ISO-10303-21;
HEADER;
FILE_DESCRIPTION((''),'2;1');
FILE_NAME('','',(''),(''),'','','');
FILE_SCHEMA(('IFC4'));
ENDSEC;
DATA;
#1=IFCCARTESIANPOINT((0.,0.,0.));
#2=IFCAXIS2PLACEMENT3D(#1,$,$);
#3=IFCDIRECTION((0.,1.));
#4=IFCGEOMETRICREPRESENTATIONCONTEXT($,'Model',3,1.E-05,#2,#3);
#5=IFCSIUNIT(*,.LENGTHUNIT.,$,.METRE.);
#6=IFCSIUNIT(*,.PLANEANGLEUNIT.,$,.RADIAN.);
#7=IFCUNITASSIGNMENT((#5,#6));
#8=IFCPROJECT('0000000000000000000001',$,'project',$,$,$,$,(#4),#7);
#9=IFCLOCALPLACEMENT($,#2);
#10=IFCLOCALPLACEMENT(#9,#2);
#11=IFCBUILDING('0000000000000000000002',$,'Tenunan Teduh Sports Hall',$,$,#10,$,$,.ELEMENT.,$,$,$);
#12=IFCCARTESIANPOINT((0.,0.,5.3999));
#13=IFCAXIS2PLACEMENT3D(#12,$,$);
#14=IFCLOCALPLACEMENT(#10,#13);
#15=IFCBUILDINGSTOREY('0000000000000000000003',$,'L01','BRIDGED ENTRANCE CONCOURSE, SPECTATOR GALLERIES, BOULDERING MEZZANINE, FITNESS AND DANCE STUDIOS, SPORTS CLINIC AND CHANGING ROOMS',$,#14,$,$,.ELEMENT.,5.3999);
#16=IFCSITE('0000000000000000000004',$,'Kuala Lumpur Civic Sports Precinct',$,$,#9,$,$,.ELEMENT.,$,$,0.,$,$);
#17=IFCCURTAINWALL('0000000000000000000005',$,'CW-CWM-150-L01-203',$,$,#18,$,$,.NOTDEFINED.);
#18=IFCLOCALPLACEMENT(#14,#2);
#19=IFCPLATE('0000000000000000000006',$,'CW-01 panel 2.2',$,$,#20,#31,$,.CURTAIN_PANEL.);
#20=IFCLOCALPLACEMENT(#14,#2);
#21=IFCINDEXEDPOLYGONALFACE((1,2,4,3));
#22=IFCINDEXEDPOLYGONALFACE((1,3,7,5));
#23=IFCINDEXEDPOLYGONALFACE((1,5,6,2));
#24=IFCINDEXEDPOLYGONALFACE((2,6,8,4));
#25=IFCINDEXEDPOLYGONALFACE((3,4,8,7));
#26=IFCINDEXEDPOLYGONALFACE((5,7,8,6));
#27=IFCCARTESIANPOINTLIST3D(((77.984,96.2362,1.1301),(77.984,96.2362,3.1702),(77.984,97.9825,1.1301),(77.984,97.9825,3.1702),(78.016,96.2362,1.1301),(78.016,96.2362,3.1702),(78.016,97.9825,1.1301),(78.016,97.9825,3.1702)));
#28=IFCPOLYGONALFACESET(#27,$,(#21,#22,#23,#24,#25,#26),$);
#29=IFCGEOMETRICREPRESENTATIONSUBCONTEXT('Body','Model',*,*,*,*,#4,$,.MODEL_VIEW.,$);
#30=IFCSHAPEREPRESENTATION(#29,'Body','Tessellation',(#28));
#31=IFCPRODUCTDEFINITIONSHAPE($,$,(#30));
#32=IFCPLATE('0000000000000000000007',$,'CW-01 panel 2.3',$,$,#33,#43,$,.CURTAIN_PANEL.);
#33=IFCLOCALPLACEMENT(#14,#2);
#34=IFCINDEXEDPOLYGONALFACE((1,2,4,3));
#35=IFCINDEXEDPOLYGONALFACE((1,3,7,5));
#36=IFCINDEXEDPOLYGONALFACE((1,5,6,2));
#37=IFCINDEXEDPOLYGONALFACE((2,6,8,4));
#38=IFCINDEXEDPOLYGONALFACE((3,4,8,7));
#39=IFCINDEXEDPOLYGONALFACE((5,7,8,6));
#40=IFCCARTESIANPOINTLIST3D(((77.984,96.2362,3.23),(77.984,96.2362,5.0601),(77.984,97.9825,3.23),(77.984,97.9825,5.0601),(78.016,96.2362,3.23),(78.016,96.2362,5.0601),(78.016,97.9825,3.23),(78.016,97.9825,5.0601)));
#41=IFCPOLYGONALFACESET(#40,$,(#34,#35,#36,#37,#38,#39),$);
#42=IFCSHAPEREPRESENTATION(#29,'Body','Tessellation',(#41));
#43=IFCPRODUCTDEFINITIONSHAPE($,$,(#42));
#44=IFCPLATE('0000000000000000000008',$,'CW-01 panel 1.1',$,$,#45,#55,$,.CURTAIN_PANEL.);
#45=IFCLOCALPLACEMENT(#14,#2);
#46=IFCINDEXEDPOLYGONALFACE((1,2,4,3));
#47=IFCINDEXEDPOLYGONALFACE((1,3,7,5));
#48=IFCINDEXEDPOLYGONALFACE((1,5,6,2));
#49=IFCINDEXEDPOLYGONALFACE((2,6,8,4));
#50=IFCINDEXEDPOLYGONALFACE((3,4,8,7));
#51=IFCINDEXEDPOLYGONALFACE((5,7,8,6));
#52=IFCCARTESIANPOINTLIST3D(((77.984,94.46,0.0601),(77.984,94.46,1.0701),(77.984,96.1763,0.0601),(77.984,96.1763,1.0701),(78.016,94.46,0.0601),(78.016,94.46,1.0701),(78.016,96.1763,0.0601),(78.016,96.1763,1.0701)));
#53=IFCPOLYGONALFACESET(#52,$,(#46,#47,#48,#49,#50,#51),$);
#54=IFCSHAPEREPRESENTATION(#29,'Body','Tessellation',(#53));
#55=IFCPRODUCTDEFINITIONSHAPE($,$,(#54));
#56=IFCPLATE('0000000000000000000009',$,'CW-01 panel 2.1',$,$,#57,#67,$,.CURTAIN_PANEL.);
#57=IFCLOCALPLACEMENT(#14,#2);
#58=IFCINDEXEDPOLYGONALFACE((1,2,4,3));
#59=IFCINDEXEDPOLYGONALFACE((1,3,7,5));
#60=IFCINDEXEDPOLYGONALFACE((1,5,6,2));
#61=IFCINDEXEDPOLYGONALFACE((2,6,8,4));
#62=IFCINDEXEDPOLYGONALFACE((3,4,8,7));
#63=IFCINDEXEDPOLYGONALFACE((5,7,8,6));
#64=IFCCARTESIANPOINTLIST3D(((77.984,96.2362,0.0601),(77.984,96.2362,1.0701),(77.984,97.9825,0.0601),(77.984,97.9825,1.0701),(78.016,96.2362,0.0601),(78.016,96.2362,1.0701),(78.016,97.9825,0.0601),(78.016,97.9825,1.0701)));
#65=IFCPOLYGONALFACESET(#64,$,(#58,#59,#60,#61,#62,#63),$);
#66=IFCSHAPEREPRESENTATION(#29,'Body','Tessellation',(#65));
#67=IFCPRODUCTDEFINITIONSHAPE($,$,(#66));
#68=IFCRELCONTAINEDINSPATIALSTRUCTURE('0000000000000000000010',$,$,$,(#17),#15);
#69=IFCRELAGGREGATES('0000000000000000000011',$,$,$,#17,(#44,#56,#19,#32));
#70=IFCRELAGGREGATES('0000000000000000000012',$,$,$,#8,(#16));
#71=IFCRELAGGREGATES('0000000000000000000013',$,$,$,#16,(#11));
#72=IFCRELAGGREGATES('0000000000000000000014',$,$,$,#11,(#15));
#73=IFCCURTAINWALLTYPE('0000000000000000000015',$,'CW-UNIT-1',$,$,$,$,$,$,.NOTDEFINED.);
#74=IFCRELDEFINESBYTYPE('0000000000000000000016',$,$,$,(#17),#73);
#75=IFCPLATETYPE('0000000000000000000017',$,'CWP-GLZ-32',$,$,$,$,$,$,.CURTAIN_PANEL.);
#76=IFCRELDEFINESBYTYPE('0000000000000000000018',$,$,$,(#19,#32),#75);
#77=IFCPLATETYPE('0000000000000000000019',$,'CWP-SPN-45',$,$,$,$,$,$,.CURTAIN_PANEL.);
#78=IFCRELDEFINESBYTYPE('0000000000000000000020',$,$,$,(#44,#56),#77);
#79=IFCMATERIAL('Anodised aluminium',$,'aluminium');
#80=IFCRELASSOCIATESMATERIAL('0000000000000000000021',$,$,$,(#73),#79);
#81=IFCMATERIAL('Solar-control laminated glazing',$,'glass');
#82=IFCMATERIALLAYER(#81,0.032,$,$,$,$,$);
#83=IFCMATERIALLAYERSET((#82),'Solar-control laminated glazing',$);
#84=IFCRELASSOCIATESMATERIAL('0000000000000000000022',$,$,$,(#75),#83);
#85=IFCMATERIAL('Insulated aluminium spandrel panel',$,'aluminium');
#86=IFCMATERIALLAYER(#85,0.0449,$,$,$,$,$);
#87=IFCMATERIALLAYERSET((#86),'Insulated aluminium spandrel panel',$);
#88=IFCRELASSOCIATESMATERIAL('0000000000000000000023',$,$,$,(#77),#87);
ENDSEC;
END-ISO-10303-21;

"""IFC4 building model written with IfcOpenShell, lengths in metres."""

from ifc_helpers import new_model, si_unit, direction, frame, origin, origin_2d, place, context, subcontext, project, spatial, rectangle, extrude, material, layer, layer_set, type_object, element, aggregate, save


model = new_model("IFC4")

# Units and contexts
model_context = context("Model", 3, precision=1e-05, world=origin(), true_north=direction((0.0, 1.0)))
body_context = subcontext(model_context, "Body", "Model", "MODEL_VIEW")
ifc_project = project(units=[si_unit("LENGTHUNIT", "METRE"), si_unit("PLANEANGLEUNIT", "RADIAN")], contexts=[model_context])

# Site, building, storey
site_placement = place(None, origin())
site = spatial("IfcSite", under=ifc_project, at=site_placement, Name="Kuala Lumpur Civic Sports Precinct", CompositionType="ELEMENT", RefElevation=0.0)
building_placement = place(site_placement, origin())
building = spatial("IfcBuilding", under=site, at=building_placement, Name="Tenunan Teduh Sports Hall", CompositionType="ELEMENT")
storey_placement = place(building_placement, frame((0.0, 0.0, 5.3999)))
storey = spatial("IfcBuildingStorey", under=building, at=storey_placement, Name="L01", Description="BRIDGED ENTRANCE CONCOURSE, SPECTATOR GALLERIES, BOULDERING MEZZANINE, FITNESS AND DANCE STUDIOS, SPORTS CLINIC AND CHANGING ROOMS", CompositionType="ELEMENT", Elevation=5.3999)

# Curtain wall, plates
ifc_material_1 = material(Name="Anodised aluminium", Category="aluminium")
curtain_wall_type = type_object("IfcCurtainWallType", Name="CW-UNIT-1", PredefinedType="NOTDEFINED", material=ifc_material_1)
curtain_wall_placement = place(storey_placement, origin())
curtain_wall = element("IfcCurtainWall", 1, at=curtain_wall_placement, inside=storey, type_object=curtain_wall_type, Name="CW-CWM-150-L01-203", PredefinedType="NOTDEFINED")
ifc_material_2 = material(Name="Solar-control laminated glazing", Category="glass")
ifc_layer_1 = layer(ifc_material_2, 0.032)
ifc_layer_set_1 = layer_set([ifc_layer_1], Name="Solar-control laminated glazing")
plate_type_1 = type_object("IfcPlateType", Name="CWP-GLZ-32", PredefinedType="CURTAIN_PANEL", material=ifc_layer_set_1)
plate_1_placement = place(storey_placement, frame((78.0, 97.1094, 1.1301), z_axis=(0.0, 0.0, 1.0), x_axis=(0.0, 1.0, 0.0)))
plate_1 = element("IfcPlate", 2, at=plate_1_placement, type_object=plate_type_1, Name="CW-01 panel 2.2", PredefinedType="CURTAIN_PANEL", context=body_context, shape_type="SweptSolid", body=[
    extrude(rectangle(XDim=1.7463, YDim=0.032, at=origin_2d()), origin(), (0.0, 0.0, 1.0), 2.04),
])
plate_2_placement = place(storey_placement, frame((78.0, 97.1094, 3.23), z_axis=(0.0, 0.0, 1.0), x_axis=(0.0, 1.0, 0.0)))
plate_2 = element("IfcPlate", 3, at=plate_2_placement, type_object=plate_type_1, Name="CW-01 panel 2.3", PredefinedType="CURTAIN_PANEL", context=body_context, shape_type="SweptSolid", body=[
    extrude(rectangle(XDim=1.7463, YDim=0.032, at=origin_2d()), origin(), (0.0, 0.0, 1.0), 1.8301),
])
ifc_material_3 = material(Name="Insulated aluminium spandrel panel", Category="aluminium")
ifc_layer_2 = layer(ifc_material_3, 0.0449)
ifc_layer_set_2 = layer_set([ifc_layer_2], Name="Insulated aluminium spandrel panel")
plate_type_2 = type_object("IfcPlateType", Name="CWP-SPN-45", PredefinedType="CURTAIN_PANEL", material=ifc_layer_set_2)
plate_3_placement = place(storey_placement, frame((78.0, 95.3181, 0.0601), z_axis=(0.0, 0.0, 1.0), x_axis=(0.0, 1.0, 0.0)))
plate_3 = element("IfcPlate", 4, at=plate_3_placement, type_object=plate_type_2, Name="CW-01 panel 1.1", PredefinedType="CURTAIN_PANEL", context=body_context, shape_type="SweptSolid", body=[
    extrude(rectangle(XDim=1.7163, YDim=0.032, at=origin_2d()), origin(), (0.0, 0.0, 1.0), 1.01),
])
plate_4_placement = place(storey_placement, frame((78.0, 97.1094, 0.0601), z_axis=(0.0, 0.0, 1.0), x_axis=(0.0, 1.0, 0.0)))
plate_4 = element("IfcPlate", 5, at=plate_4_placement, type_object=plate_type_2, Name="CW-01 panel 2.1", PredefinedType="CURTAIN_PANEL", context=body_context, shape_type="SweptSolid", body=[
    extrude(rectangle(XDim=1.7463, YDim=0.032, at=origin_2d()), origin(), (0.0, 0.0, 1.0), 1.01),
])
aggregate(curtain_wall, [plate_3, plate_4, plate_1, plate_2])

save(model, "model.ifc")
